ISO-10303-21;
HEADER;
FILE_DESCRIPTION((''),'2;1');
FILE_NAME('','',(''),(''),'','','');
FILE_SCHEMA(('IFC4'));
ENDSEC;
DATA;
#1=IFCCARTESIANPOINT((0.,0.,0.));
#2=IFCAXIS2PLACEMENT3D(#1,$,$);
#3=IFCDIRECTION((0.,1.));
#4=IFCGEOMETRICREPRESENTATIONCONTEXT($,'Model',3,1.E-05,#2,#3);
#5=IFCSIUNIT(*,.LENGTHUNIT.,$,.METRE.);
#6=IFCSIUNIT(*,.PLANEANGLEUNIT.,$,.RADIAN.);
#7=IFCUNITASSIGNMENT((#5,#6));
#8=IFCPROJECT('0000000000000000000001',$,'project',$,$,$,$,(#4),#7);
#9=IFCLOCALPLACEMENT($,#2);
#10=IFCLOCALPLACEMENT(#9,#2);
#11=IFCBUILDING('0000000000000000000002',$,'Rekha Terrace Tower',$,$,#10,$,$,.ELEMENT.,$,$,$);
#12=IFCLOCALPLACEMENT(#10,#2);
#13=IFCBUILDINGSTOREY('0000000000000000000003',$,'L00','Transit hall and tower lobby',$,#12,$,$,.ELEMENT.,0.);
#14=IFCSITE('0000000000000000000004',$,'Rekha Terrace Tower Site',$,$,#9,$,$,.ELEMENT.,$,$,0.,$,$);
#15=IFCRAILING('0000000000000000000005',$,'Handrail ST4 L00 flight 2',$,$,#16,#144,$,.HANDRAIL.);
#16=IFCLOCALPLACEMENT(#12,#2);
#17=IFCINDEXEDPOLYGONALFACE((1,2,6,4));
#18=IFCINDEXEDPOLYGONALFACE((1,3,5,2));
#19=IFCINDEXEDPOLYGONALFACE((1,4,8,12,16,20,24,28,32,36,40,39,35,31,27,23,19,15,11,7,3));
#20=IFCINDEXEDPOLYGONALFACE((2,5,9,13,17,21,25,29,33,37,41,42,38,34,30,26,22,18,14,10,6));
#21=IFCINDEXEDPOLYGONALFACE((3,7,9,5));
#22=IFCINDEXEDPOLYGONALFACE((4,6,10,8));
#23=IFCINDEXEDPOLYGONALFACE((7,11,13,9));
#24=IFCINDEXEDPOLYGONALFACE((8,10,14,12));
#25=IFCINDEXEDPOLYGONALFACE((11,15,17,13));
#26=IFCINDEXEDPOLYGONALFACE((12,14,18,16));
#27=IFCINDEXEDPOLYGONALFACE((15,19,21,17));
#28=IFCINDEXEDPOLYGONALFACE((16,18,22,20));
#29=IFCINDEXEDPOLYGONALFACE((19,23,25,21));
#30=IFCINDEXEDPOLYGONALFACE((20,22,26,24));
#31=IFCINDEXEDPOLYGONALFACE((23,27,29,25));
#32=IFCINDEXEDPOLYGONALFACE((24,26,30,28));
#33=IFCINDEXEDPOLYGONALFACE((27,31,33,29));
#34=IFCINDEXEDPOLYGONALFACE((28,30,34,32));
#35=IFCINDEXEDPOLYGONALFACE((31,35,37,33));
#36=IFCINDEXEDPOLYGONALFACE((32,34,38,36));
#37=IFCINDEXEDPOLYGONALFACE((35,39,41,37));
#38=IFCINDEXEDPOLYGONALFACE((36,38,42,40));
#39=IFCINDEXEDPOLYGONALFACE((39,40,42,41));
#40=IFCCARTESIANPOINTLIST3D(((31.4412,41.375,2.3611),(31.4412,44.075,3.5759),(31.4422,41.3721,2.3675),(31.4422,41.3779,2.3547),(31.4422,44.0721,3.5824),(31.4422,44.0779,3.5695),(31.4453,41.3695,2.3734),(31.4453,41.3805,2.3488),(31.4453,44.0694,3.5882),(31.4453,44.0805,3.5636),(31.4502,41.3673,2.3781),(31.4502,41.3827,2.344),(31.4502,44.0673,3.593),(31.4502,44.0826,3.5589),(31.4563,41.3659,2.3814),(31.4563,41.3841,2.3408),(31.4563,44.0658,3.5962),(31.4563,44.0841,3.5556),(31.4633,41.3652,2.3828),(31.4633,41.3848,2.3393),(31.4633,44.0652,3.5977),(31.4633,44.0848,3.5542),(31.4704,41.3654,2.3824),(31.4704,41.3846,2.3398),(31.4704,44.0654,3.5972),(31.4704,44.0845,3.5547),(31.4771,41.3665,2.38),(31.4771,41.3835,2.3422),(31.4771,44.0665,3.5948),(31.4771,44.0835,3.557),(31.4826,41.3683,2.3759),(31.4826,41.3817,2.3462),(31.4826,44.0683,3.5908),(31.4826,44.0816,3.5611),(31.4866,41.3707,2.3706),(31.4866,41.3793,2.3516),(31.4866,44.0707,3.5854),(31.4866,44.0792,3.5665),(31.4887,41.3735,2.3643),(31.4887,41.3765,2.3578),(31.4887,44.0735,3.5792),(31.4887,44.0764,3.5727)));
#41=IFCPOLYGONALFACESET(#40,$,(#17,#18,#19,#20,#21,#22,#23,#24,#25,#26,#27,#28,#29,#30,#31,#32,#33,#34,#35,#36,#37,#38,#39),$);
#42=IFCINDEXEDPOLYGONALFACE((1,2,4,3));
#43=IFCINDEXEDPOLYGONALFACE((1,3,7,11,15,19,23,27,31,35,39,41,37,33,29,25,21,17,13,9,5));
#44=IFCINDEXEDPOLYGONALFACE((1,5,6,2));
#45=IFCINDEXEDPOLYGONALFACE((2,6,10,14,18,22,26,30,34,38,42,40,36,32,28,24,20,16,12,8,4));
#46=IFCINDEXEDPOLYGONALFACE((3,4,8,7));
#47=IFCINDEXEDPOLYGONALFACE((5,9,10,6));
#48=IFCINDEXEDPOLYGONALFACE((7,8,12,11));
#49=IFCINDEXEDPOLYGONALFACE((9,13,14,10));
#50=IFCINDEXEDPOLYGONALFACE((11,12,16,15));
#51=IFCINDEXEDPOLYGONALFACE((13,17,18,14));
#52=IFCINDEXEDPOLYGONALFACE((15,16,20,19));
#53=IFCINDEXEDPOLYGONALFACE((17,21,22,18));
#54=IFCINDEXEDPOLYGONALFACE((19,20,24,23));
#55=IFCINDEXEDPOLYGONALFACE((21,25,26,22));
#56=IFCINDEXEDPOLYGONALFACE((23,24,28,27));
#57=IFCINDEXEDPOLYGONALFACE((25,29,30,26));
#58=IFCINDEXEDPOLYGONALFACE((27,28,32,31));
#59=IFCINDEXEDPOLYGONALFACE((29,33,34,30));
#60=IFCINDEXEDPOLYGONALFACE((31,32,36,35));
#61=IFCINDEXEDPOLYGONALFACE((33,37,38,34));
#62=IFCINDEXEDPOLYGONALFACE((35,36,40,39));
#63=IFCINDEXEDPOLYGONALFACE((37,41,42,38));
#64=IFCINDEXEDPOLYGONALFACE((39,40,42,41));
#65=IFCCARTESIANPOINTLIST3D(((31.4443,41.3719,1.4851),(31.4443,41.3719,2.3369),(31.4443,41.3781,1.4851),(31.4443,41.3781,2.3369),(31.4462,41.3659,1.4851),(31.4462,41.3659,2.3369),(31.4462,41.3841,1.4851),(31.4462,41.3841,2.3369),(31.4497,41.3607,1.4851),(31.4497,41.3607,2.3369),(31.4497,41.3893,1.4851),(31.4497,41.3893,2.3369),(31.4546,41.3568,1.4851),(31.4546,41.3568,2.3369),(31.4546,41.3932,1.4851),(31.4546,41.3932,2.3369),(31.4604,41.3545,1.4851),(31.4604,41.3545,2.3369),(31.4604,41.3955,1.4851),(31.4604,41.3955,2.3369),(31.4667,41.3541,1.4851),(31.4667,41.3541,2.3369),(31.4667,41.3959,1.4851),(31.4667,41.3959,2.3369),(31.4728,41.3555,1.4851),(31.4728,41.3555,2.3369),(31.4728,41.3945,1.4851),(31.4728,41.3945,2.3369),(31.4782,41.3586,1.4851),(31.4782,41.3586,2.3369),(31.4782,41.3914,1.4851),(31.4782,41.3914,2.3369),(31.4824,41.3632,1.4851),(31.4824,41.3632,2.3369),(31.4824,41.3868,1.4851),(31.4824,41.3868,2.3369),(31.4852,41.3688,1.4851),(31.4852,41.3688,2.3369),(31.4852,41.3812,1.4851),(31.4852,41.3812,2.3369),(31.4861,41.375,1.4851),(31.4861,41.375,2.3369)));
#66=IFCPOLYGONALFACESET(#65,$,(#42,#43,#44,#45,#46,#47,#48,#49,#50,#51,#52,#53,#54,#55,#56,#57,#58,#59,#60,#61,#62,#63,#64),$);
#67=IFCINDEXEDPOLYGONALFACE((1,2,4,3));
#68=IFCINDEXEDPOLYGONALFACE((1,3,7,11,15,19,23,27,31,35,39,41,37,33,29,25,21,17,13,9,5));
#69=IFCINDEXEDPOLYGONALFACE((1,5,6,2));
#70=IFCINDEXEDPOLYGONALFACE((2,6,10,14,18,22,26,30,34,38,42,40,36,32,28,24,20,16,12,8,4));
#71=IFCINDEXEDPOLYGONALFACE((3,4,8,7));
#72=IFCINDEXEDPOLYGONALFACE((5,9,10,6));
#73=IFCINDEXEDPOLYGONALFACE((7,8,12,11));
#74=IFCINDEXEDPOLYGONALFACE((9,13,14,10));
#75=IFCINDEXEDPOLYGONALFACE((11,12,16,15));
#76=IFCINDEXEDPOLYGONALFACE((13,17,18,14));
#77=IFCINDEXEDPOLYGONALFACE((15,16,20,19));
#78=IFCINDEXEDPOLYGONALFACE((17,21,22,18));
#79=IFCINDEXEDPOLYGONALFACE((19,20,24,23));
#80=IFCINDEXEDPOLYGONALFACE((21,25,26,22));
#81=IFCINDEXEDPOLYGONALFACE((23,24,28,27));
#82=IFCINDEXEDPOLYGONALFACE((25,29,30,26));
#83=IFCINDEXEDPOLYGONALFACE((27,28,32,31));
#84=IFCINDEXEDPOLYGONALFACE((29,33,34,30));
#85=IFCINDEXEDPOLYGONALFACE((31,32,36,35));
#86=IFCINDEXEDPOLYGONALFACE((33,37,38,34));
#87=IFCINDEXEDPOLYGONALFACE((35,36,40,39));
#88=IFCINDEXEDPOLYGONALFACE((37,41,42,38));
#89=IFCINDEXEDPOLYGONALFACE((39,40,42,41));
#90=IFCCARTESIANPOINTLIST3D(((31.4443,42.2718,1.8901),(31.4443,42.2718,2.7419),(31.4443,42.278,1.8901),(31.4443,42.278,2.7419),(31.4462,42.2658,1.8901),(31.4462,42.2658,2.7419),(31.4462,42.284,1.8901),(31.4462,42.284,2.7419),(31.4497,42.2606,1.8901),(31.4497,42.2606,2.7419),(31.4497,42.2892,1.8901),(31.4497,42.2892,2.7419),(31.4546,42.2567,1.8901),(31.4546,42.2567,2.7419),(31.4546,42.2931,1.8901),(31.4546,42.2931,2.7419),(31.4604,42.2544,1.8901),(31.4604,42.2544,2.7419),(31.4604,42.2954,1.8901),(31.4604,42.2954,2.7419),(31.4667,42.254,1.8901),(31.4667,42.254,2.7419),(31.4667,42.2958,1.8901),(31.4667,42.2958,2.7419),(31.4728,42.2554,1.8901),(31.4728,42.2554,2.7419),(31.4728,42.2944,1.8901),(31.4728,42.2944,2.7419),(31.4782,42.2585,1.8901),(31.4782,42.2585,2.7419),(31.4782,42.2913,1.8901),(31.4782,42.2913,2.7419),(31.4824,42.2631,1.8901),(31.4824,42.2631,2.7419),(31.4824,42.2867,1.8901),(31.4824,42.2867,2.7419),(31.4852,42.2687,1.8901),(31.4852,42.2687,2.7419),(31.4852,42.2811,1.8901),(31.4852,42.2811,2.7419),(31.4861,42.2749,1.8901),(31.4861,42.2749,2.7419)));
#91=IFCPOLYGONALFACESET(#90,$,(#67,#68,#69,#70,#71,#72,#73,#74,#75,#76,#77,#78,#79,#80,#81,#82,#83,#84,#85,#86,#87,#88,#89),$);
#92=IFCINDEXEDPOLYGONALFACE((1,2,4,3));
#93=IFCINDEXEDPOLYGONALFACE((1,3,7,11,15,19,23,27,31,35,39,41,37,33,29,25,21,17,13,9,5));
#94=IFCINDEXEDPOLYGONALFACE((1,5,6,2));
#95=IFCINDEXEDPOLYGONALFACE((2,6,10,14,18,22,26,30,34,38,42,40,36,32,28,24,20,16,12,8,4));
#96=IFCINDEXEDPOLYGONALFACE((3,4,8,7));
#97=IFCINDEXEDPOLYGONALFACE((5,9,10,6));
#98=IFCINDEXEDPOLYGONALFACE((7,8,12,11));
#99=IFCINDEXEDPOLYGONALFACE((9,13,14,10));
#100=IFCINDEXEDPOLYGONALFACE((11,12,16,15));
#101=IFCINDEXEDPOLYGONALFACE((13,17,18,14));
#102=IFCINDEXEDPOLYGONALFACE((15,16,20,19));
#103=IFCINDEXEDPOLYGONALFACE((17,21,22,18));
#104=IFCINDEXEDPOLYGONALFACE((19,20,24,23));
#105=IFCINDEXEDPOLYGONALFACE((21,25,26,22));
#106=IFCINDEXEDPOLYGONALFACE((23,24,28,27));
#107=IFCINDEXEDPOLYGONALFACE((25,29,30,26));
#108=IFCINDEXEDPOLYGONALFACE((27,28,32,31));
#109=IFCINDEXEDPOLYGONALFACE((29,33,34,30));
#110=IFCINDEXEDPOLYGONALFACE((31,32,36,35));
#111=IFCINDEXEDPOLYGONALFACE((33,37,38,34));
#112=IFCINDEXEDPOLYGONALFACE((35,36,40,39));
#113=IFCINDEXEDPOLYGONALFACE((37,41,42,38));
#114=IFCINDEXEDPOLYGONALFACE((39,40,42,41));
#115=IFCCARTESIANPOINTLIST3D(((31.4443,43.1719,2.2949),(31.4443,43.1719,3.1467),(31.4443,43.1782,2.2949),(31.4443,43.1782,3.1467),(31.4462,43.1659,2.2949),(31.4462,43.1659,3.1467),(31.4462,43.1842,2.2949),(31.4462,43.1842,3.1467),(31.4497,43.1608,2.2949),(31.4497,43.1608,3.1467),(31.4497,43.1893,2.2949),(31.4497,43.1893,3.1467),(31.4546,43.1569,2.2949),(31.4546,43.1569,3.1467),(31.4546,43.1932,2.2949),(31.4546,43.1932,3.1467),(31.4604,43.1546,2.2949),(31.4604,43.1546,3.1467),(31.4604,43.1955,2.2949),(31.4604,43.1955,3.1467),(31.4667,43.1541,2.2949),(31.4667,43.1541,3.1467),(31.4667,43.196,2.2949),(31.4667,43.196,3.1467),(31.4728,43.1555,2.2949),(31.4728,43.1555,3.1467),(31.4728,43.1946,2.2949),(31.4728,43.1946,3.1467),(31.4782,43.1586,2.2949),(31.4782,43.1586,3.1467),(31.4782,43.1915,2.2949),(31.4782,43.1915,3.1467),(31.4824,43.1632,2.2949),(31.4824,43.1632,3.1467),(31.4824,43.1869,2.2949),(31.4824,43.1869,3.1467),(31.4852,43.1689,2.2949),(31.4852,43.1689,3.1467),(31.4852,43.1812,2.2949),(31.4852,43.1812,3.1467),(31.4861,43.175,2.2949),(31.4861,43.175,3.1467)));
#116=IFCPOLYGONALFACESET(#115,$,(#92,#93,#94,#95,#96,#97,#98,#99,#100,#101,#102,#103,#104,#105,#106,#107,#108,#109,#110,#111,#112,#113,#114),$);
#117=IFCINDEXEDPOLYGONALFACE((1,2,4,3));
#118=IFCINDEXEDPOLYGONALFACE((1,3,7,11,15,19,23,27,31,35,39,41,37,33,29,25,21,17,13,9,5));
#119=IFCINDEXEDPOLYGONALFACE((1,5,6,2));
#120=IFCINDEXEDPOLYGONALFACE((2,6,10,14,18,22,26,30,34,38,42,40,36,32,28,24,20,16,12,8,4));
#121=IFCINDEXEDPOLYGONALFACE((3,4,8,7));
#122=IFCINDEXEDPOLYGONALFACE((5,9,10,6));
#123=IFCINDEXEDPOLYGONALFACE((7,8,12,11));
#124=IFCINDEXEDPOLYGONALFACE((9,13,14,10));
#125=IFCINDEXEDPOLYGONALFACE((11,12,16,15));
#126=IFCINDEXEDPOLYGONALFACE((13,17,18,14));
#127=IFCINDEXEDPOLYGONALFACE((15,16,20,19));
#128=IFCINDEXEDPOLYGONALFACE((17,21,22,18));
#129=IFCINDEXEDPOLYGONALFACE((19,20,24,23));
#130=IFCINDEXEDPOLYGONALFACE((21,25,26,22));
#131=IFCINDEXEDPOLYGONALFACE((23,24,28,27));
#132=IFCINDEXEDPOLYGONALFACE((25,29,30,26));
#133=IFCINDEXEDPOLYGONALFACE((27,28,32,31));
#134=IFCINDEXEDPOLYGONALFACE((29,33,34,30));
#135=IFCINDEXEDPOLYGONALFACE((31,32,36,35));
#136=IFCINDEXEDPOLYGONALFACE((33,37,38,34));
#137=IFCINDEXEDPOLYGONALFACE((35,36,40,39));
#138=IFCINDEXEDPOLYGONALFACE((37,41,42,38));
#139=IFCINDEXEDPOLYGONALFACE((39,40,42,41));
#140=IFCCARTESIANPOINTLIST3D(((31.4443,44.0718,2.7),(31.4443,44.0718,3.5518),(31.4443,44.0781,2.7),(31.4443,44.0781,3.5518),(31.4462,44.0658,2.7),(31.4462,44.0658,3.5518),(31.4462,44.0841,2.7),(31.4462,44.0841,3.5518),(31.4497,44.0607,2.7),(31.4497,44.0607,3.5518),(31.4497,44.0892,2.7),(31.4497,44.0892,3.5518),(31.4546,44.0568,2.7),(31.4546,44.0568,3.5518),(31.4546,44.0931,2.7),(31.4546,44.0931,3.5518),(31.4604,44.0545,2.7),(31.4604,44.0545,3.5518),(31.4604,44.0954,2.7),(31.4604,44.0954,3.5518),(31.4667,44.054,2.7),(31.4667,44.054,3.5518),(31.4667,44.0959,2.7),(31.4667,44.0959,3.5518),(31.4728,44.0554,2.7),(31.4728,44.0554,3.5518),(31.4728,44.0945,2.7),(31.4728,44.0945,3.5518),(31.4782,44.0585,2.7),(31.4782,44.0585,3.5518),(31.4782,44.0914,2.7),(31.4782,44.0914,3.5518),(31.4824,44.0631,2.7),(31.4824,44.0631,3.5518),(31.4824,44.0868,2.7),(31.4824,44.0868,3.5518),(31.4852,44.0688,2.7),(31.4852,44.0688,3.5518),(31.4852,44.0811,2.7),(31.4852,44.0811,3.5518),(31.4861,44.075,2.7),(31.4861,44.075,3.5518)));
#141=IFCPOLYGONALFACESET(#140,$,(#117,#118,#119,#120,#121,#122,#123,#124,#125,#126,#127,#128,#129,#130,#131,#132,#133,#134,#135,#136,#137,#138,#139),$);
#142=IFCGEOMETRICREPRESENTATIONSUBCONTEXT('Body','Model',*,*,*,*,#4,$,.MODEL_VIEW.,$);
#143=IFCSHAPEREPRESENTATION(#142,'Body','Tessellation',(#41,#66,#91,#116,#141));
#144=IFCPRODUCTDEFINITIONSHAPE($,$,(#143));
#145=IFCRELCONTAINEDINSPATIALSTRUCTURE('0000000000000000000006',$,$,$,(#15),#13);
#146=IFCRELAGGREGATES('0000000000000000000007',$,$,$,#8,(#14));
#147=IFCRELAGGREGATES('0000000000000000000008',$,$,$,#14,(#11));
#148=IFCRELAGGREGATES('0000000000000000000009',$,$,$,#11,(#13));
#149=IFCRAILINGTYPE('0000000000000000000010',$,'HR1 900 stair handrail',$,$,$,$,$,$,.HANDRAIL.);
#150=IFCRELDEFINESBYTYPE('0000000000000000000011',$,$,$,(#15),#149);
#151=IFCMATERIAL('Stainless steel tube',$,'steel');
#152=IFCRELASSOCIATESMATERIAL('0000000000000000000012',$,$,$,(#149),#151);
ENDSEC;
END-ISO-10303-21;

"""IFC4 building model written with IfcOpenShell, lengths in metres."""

from ifc_helpers import new_model, si_unit, direction, frame, origin, origin_2d, place, context, subcontext, project, spatial, circle, extrude, material, type_object, element, save


model = new_model("IFC4")

# Units and contexts
model_context = context("Model", 3, precision=1e-05, world=origin(), true_north=direction((0.0, 1.0)))
body_context = subcontext(model_context, "Body", "Model", "MODEL_VIEW")
ifc_project = project(units=[si_unit("LENGTHUNIT", "METRE"), si_unit("PLANEANGLEUNIT", "RADIAN")], contexts=[model_context])

# Site, building, storey
site_placement = place(None, origin())
site = spatial("IfcSite", under=ifc_project, at=site_placement, Name="Rekha Terrace Tower Site", CompositionType="ELEMENT", RefElevation=0.0)
building_placement = place(site_placement, origin())
building = spatial("IfcBuilding", under=site, at=building_placement, Name="Rekha Terrace Tower", CompositionType="ELEMENT")
storey_placement = place(building_placement, origin())
storey = spatial("IfcBuildingStorey", under=building, at=storey_placement, Name="L00", Description="Transit hall and tower lobby", CompositionType="ELEMENT", Elevation=0.0)

# Railing
ifc_material_1 = material(Name="Stainless steel tube", Category="steel")
railing_type_1 = type_object("IfcRailingType", Name="HR1 900 stair handrail", PredefinedType="HANDRAIL", material=ifc_material_1)
railing_1_placement = place(storey_placement, frame((31.4651, 41.375, 1.4851)))
element("IfcRailing", 1, at=railing_1_placement, inside=storey, type_object=railing_type_1, Name="Handrail ST4 L00 flight 2", PredefinedType="HANDRAIL", context=body_context, shape_type="SweptSolid", body=[
    extrude(circle(Radius=0.0239, at=origin_2d()), frame((0.0, 0.0, 0.876), z_axis=(0.0, 0.911938, 0.410327), x_axis=(-1.0, 0.0, 0.0)), (0.0, 0.0, 1.0), 2.9607),
    extrude(circle(Radius=0.021, at=origin_2d()), origin(), (0.0, 0.0, 1.0), 0.8518),
    extrude(circle(Radius=0.021, at=origin_2d()), frame((0.0, 0.8999, 0.405)), (0.0, 0.0, 1.0), 0.8518),
    extrude(circle(Radius=0.021, at=origin_2d()), frame((0.0, 1.8, 0.8098)), (0.0, 0.0, 1.0), 0.8518),
    extrude(circle(Radius=0.021, at=origin_2d()), frame((0.0, 2.7, 1.2148)), (0.0, 0.0, 1.0), 0.8518),
])

save(model, "model.ifc")
